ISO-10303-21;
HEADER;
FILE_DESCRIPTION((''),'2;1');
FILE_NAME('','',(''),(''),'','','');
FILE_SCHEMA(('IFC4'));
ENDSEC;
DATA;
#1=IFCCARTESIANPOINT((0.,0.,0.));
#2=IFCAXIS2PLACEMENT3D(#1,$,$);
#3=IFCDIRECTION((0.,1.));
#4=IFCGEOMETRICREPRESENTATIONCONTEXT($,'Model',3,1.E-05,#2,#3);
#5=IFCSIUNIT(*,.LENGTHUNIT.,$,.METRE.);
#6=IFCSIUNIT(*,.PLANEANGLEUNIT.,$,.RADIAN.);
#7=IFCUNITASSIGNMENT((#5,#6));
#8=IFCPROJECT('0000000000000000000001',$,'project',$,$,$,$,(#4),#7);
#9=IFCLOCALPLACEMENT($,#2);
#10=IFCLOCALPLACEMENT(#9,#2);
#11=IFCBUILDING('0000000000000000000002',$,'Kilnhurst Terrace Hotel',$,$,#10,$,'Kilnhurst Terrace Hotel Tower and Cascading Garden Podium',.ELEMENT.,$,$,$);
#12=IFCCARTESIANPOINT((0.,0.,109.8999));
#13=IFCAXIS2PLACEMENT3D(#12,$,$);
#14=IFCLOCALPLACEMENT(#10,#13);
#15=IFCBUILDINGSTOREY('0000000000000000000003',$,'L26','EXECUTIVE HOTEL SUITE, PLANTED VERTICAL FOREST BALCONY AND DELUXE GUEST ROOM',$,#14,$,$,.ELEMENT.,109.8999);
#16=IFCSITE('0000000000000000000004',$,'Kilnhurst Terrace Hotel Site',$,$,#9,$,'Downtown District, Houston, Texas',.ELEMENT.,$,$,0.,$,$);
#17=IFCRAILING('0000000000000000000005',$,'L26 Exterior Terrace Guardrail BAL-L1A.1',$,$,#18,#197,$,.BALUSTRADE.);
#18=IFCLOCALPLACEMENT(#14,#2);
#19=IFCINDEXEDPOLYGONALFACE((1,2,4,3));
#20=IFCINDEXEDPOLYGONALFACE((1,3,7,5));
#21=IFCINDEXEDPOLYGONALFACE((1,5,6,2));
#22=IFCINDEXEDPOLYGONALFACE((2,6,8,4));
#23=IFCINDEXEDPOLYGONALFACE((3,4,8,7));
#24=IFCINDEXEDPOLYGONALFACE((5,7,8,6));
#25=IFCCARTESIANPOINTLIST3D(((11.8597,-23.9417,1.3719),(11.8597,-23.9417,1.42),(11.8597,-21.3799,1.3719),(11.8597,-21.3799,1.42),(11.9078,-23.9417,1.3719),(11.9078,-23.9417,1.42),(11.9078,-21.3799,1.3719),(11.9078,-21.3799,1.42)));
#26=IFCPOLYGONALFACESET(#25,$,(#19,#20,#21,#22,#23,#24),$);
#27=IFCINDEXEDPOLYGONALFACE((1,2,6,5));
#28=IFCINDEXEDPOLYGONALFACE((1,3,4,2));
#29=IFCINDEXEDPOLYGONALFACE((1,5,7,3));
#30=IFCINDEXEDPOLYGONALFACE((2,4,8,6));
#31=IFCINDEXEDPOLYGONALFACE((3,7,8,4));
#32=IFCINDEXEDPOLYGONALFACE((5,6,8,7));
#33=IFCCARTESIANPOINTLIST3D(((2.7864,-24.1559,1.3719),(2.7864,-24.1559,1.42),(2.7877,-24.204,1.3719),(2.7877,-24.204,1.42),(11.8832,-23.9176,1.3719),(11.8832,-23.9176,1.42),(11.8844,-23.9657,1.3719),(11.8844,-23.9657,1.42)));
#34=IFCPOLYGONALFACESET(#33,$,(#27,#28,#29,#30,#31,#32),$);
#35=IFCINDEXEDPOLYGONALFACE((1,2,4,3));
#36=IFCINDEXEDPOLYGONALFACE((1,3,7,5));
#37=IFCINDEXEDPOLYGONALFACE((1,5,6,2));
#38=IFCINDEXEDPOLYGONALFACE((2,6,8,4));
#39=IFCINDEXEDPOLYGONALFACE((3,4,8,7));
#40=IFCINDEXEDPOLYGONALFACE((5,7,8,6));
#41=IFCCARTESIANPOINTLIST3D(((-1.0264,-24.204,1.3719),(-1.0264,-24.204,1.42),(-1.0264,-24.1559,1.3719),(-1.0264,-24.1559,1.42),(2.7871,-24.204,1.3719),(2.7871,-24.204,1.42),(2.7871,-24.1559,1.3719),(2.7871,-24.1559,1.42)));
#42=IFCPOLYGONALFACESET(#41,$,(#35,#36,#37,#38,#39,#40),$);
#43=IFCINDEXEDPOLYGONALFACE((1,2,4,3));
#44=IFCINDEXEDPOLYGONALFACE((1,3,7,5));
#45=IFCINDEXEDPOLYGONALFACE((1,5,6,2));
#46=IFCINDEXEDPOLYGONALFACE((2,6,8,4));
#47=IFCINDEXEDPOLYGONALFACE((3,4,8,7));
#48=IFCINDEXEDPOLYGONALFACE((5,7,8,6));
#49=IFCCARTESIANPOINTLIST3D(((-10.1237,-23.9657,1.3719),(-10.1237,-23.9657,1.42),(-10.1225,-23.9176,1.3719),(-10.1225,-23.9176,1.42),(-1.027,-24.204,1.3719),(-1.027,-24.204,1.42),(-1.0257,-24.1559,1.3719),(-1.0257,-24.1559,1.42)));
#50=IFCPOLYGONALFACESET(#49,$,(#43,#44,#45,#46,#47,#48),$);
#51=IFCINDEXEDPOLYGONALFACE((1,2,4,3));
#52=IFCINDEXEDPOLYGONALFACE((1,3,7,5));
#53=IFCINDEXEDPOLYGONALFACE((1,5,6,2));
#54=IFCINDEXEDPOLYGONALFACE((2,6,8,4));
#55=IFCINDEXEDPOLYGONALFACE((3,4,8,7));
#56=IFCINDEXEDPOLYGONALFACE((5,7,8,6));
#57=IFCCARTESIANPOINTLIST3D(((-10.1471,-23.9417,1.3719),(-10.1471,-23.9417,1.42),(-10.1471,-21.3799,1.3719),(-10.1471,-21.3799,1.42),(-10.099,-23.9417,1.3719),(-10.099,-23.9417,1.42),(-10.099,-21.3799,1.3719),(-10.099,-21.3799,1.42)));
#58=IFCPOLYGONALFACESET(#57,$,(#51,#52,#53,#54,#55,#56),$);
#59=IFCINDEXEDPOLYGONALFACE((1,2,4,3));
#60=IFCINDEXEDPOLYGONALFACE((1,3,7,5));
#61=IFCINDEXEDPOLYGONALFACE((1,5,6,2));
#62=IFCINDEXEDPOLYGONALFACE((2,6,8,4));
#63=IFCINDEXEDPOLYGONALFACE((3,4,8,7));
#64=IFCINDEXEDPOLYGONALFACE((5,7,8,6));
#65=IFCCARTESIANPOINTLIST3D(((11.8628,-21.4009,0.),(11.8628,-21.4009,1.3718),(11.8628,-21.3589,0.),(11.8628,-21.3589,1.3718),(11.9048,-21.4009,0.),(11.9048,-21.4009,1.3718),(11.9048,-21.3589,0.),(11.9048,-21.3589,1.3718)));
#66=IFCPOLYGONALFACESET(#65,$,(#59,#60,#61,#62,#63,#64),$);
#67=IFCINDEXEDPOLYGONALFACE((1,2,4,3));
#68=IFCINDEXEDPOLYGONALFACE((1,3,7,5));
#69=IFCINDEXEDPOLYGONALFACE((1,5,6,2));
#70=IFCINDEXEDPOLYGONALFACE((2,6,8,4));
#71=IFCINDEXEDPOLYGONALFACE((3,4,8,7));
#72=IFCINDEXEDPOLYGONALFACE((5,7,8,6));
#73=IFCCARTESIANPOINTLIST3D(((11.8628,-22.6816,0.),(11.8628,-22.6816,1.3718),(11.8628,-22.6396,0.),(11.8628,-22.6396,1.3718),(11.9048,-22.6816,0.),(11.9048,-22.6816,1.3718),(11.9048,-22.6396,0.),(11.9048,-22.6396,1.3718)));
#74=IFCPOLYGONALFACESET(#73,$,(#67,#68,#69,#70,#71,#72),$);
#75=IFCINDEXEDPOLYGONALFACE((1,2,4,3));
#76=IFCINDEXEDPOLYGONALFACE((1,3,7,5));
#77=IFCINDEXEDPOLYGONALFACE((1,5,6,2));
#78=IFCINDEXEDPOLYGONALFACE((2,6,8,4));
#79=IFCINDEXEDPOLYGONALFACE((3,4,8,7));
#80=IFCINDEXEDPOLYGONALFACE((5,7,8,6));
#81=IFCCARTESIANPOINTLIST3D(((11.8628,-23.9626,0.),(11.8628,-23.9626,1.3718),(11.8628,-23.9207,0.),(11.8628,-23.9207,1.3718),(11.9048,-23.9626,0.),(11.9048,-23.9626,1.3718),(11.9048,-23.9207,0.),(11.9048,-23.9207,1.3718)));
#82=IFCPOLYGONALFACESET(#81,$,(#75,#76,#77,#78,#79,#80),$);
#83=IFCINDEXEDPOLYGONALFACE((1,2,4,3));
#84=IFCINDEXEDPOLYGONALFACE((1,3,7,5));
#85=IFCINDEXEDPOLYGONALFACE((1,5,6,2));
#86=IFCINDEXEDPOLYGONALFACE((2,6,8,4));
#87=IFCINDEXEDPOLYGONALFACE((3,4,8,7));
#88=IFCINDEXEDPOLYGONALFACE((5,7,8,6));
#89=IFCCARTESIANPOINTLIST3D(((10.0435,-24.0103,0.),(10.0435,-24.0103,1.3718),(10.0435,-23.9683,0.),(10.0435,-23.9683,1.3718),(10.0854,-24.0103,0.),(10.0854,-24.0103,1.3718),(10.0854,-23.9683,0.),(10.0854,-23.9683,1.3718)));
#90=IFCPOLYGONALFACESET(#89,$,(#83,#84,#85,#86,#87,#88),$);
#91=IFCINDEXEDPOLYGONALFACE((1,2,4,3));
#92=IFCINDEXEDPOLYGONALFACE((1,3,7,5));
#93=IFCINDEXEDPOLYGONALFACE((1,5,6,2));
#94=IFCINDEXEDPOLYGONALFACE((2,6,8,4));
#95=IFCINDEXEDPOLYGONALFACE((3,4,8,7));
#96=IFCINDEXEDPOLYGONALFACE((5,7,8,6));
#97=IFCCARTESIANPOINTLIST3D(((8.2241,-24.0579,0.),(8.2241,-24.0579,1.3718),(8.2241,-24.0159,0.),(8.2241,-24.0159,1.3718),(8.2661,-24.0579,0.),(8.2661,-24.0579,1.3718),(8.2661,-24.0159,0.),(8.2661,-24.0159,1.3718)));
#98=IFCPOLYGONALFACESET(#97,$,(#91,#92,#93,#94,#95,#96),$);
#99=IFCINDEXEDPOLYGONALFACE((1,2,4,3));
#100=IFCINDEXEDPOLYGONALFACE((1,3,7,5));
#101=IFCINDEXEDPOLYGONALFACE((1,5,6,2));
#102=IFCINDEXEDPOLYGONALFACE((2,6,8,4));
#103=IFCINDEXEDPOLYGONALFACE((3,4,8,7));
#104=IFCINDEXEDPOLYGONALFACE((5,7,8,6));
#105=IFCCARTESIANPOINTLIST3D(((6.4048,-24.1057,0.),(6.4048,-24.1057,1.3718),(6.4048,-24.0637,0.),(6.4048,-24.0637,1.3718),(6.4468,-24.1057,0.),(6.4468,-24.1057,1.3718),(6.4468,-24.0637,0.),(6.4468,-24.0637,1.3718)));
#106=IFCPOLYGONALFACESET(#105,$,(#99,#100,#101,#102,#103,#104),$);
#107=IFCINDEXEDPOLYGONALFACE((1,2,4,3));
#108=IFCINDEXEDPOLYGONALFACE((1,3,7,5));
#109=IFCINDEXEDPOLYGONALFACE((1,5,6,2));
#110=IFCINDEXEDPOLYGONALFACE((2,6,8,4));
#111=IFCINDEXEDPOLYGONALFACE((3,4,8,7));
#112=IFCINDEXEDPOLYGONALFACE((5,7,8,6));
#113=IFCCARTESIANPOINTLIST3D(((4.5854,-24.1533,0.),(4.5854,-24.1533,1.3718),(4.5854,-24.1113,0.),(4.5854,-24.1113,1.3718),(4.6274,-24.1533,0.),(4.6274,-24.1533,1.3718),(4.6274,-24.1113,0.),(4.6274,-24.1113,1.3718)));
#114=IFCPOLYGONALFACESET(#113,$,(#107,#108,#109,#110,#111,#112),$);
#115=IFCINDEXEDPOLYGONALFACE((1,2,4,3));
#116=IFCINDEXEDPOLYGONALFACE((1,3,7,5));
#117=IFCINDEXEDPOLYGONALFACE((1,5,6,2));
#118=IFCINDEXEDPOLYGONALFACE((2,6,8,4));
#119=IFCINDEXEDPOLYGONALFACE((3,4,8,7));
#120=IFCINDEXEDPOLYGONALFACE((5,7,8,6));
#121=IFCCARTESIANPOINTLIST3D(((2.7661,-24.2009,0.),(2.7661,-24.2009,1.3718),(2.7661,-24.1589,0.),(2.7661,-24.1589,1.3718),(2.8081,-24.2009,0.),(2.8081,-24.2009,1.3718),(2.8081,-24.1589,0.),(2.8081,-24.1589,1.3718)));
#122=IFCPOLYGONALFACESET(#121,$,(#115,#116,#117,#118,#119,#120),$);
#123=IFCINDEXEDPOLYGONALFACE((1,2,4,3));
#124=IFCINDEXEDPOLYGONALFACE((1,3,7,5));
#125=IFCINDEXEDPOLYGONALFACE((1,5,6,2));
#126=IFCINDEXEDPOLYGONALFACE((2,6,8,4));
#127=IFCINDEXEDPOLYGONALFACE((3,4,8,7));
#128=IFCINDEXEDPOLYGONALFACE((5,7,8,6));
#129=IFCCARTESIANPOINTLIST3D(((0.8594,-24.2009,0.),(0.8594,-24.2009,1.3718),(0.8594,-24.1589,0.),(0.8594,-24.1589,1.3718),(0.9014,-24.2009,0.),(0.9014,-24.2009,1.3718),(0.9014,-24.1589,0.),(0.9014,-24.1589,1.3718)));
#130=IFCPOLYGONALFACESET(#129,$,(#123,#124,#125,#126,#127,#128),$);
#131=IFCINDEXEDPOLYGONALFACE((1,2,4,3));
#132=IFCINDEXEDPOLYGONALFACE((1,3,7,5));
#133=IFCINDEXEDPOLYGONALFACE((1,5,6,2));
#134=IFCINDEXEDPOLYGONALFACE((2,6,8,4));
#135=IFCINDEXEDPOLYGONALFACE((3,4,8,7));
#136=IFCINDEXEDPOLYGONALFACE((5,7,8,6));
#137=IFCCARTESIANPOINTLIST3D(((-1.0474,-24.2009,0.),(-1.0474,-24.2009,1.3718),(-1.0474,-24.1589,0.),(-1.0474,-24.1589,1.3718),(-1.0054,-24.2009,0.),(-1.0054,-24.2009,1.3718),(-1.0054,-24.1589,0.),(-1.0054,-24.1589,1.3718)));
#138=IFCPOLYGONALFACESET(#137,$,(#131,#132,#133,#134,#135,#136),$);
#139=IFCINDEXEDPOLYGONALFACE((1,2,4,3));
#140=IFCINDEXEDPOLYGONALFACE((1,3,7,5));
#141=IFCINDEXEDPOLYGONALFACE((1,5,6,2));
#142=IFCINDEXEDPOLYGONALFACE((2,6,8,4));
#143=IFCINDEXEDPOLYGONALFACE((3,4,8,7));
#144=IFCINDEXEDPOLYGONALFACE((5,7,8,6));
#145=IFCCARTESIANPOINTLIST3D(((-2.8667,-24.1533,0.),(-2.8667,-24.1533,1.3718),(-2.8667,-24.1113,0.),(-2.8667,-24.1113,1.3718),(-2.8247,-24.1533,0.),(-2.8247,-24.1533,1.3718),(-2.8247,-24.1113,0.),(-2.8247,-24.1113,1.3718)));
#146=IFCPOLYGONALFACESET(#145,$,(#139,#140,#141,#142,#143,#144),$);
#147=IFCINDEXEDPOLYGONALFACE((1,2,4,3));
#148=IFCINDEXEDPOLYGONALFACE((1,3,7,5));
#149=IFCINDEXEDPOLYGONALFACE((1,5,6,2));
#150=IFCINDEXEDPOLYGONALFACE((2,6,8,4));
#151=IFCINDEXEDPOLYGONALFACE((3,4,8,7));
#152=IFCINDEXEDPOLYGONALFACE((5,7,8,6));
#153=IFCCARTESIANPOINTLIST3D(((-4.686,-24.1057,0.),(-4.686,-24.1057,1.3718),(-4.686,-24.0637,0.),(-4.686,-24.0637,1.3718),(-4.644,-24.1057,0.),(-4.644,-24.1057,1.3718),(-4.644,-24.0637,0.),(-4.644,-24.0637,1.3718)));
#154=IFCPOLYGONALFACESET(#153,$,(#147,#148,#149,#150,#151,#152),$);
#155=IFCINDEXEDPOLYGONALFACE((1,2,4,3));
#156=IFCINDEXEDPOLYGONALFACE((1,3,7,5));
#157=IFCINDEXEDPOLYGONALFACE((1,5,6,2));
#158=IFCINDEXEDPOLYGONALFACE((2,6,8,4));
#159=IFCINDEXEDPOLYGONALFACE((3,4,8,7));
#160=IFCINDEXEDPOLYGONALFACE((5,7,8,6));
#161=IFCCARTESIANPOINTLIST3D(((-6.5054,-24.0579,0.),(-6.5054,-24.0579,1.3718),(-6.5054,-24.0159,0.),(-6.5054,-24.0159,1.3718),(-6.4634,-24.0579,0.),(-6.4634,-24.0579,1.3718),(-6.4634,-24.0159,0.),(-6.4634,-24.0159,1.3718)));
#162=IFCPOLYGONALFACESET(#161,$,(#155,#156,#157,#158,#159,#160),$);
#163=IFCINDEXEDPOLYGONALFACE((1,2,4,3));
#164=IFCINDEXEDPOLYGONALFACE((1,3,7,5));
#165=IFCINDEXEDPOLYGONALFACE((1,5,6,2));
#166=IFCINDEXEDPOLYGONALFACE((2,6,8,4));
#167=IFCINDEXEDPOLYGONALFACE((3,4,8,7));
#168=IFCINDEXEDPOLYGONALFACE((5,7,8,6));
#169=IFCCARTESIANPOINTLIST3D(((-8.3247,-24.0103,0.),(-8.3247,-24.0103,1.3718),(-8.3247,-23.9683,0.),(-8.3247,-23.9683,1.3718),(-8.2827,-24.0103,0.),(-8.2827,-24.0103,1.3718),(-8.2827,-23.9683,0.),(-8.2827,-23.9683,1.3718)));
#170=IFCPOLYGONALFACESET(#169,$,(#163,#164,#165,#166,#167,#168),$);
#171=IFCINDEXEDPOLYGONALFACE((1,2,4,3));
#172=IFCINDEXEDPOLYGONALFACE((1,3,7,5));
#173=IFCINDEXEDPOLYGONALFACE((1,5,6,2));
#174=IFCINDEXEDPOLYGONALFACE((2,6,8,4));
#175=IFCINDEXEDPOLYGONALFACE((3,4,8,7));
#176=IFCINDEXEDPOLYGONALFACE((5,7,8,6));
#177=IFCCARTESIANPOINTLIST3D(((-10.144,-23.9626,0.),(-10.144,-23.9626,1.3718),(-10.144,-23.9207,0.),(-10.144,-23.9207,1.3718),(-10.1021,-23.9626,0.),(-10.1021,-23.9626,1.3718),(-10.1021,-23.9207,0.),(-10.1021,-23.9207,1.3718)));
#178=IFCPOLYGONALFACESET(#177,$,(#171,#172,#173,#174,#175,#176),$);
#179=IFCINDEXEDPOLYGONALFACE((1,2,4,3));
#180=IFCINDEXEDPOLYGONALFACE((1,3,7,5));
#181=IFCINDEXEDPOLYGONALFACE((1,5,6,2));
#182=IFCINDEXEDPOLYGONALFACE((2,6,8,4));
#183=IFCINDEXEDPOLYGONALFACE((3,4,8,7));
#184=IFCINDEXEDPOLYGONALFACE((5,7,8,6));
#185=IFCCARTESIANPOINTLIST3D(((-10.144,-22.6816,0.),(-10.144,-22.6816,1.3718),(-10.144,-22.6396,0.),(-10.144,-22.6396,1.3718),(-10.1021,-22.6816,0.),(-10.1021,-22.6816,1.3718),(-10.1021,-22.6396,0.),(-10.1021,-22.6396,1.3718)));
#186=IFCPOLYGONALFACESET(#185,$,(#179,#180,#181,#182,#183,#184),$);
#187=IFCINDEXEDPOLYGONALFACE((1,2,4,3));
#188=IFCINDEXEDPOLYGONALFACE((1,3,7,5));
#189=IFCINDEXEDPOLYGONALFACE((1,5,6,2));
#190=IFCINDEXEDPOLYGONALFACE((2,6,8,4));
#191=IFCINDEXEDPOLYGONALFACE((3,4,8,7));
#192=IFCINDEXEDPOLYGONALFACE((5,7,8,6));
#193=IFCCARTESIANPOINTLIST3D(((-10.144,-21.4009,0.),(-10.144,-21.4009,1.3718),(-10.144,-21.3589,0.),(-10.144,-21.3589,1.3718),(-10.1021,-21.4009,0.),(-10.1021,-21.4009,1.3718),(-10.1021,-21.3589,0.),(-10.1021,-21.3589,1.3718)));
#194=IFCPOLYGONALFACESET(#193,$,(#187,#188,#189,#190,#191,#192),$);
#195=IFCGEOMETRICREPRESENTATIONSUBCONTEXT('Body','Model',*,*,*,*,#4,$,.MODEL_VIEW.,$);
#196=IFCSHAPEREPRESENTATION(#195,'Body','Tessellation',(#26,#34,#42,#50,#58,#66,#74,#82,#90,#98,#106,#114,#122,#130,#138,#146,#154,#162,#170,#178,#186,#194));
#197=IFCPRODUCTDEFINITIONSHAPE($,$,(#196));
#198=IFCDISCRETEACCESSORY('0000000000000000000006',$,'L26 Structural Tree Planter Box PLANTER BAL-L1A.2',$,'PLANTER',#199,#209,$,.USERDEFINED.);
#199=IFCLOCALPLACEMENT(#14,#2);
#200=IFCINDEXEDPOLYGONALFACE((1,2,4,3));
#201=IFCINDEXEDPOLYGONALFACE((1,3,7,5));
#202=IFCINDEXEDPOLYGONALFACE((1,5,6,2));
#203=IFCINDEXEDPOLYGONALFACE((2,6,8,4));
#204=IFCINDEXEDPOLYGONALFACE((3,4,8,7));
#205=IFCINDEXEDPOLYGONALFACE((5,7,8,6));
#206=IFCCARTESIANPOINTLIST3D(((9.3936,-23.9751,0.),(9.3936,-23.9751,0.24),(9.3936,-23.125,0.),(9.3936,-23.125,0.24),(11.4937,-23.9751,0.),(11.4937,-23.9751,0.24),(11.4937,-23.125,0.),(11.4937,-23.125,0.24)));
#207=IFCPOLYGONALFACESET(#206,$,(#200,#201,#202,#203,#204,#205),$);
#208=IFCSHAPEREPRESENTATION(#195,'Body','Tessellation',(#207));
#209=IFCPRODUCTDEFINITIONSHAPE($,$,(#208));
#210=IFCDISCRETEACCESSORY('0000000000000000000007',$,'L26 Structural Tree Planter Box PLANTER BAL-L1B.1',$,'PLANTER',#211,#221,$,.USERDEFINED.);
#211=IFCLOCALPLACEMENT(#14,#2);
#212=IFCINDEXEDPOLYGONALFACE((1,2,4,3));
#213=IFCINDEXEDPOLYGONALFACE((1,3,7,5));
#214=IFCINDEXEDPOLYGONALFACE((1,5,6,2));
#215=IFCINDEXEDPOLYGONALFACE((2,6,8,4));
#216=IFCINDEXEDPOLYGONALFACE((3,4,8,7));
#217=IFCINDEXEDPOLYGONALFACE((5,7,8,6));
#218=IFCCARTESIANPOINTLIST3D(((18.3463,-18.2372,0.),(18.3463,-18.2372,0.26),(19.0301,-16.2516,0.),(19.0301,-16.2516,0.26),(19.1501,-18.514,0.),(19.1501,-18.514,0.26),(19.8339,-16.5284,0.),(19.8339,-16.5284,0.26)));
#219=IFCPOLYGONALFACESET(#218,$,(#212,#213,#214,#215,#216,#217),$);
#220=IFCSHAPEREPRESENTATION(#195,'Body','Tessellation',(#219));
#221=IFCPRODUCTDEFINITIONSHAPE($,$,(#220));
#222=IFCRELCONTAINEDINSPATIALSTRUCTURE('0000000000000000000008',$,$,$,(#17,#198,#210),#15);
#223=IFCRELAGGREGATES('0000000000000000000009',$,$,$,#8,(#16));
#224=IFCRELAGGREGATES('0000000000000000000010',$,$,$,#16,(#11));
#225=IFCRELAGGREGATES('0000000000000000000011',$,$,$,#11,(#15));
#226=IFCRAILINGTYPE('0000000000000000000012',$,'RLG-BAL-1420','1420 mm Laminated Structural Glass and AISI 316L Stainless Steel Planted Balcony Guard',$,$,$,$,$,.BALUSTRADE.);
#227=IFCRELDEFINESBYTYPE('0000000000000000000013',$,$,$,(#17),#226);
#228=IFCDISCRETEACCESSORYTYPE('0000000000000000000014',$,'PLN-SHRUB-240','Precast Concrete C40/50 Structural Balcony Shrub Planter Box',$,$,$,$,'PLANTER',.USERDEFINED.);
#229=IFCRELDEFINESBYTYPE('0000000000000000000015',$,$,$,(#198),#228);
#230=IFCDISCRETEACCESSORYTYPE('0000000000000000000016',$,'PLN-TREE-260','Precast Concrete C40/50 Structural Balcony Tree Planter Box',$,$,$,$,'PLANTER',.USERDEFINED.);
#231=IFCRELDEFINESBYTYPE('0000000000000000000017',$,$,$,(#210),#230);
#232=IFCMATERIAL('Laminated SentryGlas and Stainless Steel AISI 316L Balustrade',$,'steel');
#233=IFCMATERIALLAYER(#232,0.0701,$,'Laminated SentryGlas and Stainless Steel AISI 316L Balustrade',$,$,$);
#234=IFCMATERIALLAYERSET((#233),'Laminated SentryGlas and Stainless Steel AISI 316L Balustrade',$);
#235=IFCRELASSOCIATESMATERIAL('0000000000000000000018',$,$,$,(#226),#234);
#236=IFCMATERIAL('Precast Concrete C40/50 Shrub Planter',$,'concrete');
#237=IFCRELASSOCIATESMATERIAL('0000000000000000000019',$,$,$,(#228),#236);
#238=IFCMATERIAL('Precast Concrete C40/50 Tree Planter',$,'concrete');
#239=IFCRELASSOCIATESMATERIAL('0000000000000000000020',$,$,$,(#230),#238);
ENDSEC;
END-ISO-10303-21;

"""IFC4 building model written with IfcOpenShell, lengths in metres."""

from ifc_helpers import new_model, si_unit, direction, frame, origin, origin_2d, place, context, subcontext, project, spatial, rectangle, extrude, material, layer, layer_set, type_object, element, save


model = new_model("IFC4")

# Units and contexts
model_context = context("Model", 3, precision=1e-05, world=origin(), true_north=direction((0.0, 1.0)))
body_context = subcontext(model_context, "Body", "Model", "MODEL_VIEW")
ifc_project = project(units=[si_unit("LENGTHUNIT", "METRE"), si_unit("PLANEANGLEUNIT", "RADIAN")], contexts=[model_context])

# Site, building, storey
site_placement = place(None, origin())
site = spatial("IfcSite", under=ifc_project, at=site_placement, Name="Kilnhurst Terrace Hotel Site", LongName="Downtown District, Houston, Texas", CompositionType="ELEMENT", RefElevation=0.0)
building_placement = place(site_placement, origin())
building = spatial("IfcBuilding", under=site, at=building_placement, Name="Kilnhurst Terrace Hotel", LongName="Kilnhurst Terrace Hotel Tower and Cascading Garden Podium", CompositionType="ELEMENT")
storey_placement = place(building_placement, frame((0.0, 0.0, 109.8999)))
storey = spatial("IfcBuildingStorey", under=building, at=storey_placement, Name="L26", Description="EXECUTIVE HOTEL SUITE, PLANTED VERTICAL FOREST BALCONY AND DELUXE GUEST ROOM", CompositionType="ELEMENT", Elevation=109.8999)

# Railing
ifc_material_1 = material(Name="Laminated SentryGlas and Stainless Steel AISI 316L Balustrade", Category="steel")
ifc_layer_1 = layer(ifc_material_1, 0.0701, Name="Laminated SentryGlas and Stainless Steel AISI 316L Balustrade")
ifc_layer_set_1 = layer_set([ifc_layer_1], Name="Laminated SentryGlas and Stainless Steel AISI 316L Balustrade")
railing_type = type_object("IfcRailingType", Name="RLG-BAL-1420", Description="1420 mm Laminated Structural Glass and AISI 316L Stainless Steel Planted Balcony Guard", PredefinedType="BALUSTRADE", material=ifc_layer_set_1)
railing_placement = place(storey_placement, frame((11.8838, -21.3799, 0.0)))
element("IfcRailing", 1, at=railing_placement, inside=storey, type_object=railing_type, Name="L26 Exterior Terrace Guardrail BAL-L1A.1", PredefinedType="BALUSTRADE", context=body_context, shape_type="SweptSolid", body=[
    extrude(rectangle(XDim=0.0481, YDim=0.0481, at=origin_2d()), frame((0.0, 0.0, 1.396), z_axis=(0.0, -1.0, 0.0), x_axis=(1.0, 0.0, 0.0)), (0.0, 0.0, 1.0), 2.5618),
    extrude(rectangle(XDim=0.0481, YDim=0.0481, at=origin_2d()), frame((0.0, -2.5618, 1.396), z_axis=(-0.999657, -0.026185, 0.0), x_axis=(0.026185, -0.999657, 0.0)), (0.0, 0.0, 1.0), 9.0999),
    extrude(rectangle(XDim=0.0481, YDim=0.0481, at=origin_2d()), frame((-9.0967, -2.8, 1.396), z_axis=(-1.0, 0.0, 0.0), x_axis=(0.0, -1.0, 0.0)), (0.0, 0.0, 1.0), 3.8135),
    extrude(rectangle(XDim=0.0481, YDim=0.0481, at=origin_2d()), frame((-12.9102, -2.8, 1.396), z_axis=(-0.999657, 0.026185, 0.0), x_axis=(-0.026185, -0.999657, 0.0)), (0.0, 0.0, 1.0), 9.0999),
    extrude(rectangle(XDim=0.0481, YDim=0.0481, at=origin_2d()), frame((-22.0068, -2.5618, 1.396), z_axis=(0.0, 1.0, 0.0), x_axis=(-1.0, 0.0, 0.0)), (0.0, 0.0, 1.0), 2.5618),
    extrude(rectangle(XDim=0.042, YDim=0.042, at=origin_2d()), origin(), (0.0, 0.0, 1.0), 1.3718),
    extrude(rectangle(XDim=0.042, YDim=0.042, at=origin_2d()), frame((0.0, -1.2808, 0.0)), (0.0, 0.0, 1.0), 1.3718),
    extrude(rectangle(XDim=0.042, YDim=0.042, at=origin_2d()), frame((0.0, -2.5618, 0.0)), (0.0, 0.0, 1.0), 1.3718),
    extrude(rectangle(XDim=0.042, YDim=0.042, at=origin_2d()), frame((-1.8193, -2.6094, 0.0)), (0.0, 0.0, 1.0), 1.3718),
    extrude(rectangle(XDim=0.042, YDim=0.042, at=origin_2d()), frame((-3.6387, -2.657, 0.0)), (0.0, 0.0, 1.0), 1.3718),
    extrude(rectangle(XDim=0.042, YDim=0.042, at=origin_2d()), frame((-5.458, -2.7048, 0.0)), (0.0, 0.0, 1.0), 1.3718),
    extrude(rectangle(XDim=0.042, YDim=0.042, at=origin_2d()), frame((-7.2773, -2.7524, 0.0)), (0.0, 0.0, 1.0), 1.3718),
    extrude(rectangle(XDim=0.042, YDim=0.042, at=origin_2d()), frame((-9.0967, -2.8, 0.0)), (0.0, 0.0, 1.0), 1.3718),
    extrude(rectangle(XDim=0.042, YDim=0.042, at=origin_2d()), frame((-11.0034, -2.8, 0.0)), (0.0, 0.0, 1.0), 1.3718),
    extrude(rectangle(XDim=0.042, YDim=0.042, at=origin_2d()), frame((-12.9102, -2.8, 0.0)), (0.0, 0.0, 1.0), 1.3718),
    extrude(rectangle(XDim=0.042, YDim=0.042, at=origin_2d()), frame((-14.7295, -2.7524, 0.0)), (0.0, 0.0, 1.0), 1.3718),
    extrude(rectangle(XDim=0.042, YDim=0.042, at=origin_2d()), frame((-16.5488, -2.7048, 0.0)), (0.0, 0.0, 1.0), 1.3718),
    extrude(rectangle(XDim=0.042, YDim=0.042, at=origin_2d()), frame((-18.3682, -2.657, 0.0)), (0.0, 0.0, 1.0), 1.3718),
    extrude(rectangle(XDim=0.042, YDim=0.042, at=origin_2d()), frame((-20.1875, -2.6094, 0.0)), (0.0, 0.0, 1.0), 1.3718),
    extrude(rectangle(XDim=0.042, YDim=0.042, at=origin_2d()), frame((-22.0068, -2.5618, 0.0)), (0.0, 0.0, 1.0), 1.3718),
    extrude(rectangle(XDim=0.042, YDim=0.042, at=origin_2d()), frame((-22.0068, -1.2808, 0.0)), (0.0, 0.0, 1.0), 1.3718),
    extrude(rectangle(XDim=0.042, YDim=0.042, at=origin_2d()), frame((-22.0068, 0.0, 0.0)), (0.0, 0.0, 1.0), 1.3718),
])

# Discrete accessories
ifc_material_2 = material(Name="Precast Concrete C40/50 Shrub Planter", Category="concrete")
discrete_accessory_type_1 = type_object("IfcDiscreteAccessoryType", Name="PLN-SHRUB-240", Description="Precast Concrete C40/50 Structural Balcony Shrub Planter Box", ElementType="PLANTER", PredefinedType="USERDEFINED", material=ifc_material_2)
discrete_accessory_1_placement = place(storey_placement, frame((10.4436, -23.55, 0.0), z_axis=(0.0, 0.0, 1.0), x_axis=(1.0, 0.0, 0.0)))
element("IfcDiscreteAccessory", 2, at=discrete_accessory_1_placement, inside=storey, type_object=discrete_accessory_type_1, Name="L26 Structural Tree Planter Box PLANTER BAL-L1A.2", ObjectType="PLANTER", PredefinedType="USERDEFINED", context=body_context, shape_type="SweptSolid", body=[
    extrude(rectangle(XDim=2.1001, YDim=0.8501, at=origin_2d()), origin(), (0.0, 0.0, 1.0), 0.24),
])
ifc_material_3 = material(Name="Precast Concrete C40/50 Tree Planter", Category="concrete")
discrete_accessory_type_2 = type_object("IfcDiscreteAccessoryType", Name="PLN-TREE-260", Description="Precast Concrete C40/50 Structural Balcony Tree Planter Box", ElementType="PLANTER", PredefinedType="USERDEFINED", material=ifc_material_3)
discrete_accessory_2_placement = place(storey_placement, frame((19.0901, -17.3828, 0.0), z_axis=(0.0, 0.0, 1.0), x_axis=(0.325601, 0.945507, 0.0)))
element("IfcDiscreteAccessory", 3, at=discrete_accessory_2_placement, inside=storey, type_object=discrete_accessory_type_2, Name="L26 Structural Tree Planter Box PLANTER BAL-L1B.1", ObjectType="PLANTER", PredefinedType="USERDEFINED", context=body_context, shape_type="SweptSolid", body=[
    extrude(rectangle(XDim=2.1001, YDim=0.8501, at=origin_2d()), origin(), (0.0, 0.0, 1.0), 0.26),
])

save(model, "model.ifc")
